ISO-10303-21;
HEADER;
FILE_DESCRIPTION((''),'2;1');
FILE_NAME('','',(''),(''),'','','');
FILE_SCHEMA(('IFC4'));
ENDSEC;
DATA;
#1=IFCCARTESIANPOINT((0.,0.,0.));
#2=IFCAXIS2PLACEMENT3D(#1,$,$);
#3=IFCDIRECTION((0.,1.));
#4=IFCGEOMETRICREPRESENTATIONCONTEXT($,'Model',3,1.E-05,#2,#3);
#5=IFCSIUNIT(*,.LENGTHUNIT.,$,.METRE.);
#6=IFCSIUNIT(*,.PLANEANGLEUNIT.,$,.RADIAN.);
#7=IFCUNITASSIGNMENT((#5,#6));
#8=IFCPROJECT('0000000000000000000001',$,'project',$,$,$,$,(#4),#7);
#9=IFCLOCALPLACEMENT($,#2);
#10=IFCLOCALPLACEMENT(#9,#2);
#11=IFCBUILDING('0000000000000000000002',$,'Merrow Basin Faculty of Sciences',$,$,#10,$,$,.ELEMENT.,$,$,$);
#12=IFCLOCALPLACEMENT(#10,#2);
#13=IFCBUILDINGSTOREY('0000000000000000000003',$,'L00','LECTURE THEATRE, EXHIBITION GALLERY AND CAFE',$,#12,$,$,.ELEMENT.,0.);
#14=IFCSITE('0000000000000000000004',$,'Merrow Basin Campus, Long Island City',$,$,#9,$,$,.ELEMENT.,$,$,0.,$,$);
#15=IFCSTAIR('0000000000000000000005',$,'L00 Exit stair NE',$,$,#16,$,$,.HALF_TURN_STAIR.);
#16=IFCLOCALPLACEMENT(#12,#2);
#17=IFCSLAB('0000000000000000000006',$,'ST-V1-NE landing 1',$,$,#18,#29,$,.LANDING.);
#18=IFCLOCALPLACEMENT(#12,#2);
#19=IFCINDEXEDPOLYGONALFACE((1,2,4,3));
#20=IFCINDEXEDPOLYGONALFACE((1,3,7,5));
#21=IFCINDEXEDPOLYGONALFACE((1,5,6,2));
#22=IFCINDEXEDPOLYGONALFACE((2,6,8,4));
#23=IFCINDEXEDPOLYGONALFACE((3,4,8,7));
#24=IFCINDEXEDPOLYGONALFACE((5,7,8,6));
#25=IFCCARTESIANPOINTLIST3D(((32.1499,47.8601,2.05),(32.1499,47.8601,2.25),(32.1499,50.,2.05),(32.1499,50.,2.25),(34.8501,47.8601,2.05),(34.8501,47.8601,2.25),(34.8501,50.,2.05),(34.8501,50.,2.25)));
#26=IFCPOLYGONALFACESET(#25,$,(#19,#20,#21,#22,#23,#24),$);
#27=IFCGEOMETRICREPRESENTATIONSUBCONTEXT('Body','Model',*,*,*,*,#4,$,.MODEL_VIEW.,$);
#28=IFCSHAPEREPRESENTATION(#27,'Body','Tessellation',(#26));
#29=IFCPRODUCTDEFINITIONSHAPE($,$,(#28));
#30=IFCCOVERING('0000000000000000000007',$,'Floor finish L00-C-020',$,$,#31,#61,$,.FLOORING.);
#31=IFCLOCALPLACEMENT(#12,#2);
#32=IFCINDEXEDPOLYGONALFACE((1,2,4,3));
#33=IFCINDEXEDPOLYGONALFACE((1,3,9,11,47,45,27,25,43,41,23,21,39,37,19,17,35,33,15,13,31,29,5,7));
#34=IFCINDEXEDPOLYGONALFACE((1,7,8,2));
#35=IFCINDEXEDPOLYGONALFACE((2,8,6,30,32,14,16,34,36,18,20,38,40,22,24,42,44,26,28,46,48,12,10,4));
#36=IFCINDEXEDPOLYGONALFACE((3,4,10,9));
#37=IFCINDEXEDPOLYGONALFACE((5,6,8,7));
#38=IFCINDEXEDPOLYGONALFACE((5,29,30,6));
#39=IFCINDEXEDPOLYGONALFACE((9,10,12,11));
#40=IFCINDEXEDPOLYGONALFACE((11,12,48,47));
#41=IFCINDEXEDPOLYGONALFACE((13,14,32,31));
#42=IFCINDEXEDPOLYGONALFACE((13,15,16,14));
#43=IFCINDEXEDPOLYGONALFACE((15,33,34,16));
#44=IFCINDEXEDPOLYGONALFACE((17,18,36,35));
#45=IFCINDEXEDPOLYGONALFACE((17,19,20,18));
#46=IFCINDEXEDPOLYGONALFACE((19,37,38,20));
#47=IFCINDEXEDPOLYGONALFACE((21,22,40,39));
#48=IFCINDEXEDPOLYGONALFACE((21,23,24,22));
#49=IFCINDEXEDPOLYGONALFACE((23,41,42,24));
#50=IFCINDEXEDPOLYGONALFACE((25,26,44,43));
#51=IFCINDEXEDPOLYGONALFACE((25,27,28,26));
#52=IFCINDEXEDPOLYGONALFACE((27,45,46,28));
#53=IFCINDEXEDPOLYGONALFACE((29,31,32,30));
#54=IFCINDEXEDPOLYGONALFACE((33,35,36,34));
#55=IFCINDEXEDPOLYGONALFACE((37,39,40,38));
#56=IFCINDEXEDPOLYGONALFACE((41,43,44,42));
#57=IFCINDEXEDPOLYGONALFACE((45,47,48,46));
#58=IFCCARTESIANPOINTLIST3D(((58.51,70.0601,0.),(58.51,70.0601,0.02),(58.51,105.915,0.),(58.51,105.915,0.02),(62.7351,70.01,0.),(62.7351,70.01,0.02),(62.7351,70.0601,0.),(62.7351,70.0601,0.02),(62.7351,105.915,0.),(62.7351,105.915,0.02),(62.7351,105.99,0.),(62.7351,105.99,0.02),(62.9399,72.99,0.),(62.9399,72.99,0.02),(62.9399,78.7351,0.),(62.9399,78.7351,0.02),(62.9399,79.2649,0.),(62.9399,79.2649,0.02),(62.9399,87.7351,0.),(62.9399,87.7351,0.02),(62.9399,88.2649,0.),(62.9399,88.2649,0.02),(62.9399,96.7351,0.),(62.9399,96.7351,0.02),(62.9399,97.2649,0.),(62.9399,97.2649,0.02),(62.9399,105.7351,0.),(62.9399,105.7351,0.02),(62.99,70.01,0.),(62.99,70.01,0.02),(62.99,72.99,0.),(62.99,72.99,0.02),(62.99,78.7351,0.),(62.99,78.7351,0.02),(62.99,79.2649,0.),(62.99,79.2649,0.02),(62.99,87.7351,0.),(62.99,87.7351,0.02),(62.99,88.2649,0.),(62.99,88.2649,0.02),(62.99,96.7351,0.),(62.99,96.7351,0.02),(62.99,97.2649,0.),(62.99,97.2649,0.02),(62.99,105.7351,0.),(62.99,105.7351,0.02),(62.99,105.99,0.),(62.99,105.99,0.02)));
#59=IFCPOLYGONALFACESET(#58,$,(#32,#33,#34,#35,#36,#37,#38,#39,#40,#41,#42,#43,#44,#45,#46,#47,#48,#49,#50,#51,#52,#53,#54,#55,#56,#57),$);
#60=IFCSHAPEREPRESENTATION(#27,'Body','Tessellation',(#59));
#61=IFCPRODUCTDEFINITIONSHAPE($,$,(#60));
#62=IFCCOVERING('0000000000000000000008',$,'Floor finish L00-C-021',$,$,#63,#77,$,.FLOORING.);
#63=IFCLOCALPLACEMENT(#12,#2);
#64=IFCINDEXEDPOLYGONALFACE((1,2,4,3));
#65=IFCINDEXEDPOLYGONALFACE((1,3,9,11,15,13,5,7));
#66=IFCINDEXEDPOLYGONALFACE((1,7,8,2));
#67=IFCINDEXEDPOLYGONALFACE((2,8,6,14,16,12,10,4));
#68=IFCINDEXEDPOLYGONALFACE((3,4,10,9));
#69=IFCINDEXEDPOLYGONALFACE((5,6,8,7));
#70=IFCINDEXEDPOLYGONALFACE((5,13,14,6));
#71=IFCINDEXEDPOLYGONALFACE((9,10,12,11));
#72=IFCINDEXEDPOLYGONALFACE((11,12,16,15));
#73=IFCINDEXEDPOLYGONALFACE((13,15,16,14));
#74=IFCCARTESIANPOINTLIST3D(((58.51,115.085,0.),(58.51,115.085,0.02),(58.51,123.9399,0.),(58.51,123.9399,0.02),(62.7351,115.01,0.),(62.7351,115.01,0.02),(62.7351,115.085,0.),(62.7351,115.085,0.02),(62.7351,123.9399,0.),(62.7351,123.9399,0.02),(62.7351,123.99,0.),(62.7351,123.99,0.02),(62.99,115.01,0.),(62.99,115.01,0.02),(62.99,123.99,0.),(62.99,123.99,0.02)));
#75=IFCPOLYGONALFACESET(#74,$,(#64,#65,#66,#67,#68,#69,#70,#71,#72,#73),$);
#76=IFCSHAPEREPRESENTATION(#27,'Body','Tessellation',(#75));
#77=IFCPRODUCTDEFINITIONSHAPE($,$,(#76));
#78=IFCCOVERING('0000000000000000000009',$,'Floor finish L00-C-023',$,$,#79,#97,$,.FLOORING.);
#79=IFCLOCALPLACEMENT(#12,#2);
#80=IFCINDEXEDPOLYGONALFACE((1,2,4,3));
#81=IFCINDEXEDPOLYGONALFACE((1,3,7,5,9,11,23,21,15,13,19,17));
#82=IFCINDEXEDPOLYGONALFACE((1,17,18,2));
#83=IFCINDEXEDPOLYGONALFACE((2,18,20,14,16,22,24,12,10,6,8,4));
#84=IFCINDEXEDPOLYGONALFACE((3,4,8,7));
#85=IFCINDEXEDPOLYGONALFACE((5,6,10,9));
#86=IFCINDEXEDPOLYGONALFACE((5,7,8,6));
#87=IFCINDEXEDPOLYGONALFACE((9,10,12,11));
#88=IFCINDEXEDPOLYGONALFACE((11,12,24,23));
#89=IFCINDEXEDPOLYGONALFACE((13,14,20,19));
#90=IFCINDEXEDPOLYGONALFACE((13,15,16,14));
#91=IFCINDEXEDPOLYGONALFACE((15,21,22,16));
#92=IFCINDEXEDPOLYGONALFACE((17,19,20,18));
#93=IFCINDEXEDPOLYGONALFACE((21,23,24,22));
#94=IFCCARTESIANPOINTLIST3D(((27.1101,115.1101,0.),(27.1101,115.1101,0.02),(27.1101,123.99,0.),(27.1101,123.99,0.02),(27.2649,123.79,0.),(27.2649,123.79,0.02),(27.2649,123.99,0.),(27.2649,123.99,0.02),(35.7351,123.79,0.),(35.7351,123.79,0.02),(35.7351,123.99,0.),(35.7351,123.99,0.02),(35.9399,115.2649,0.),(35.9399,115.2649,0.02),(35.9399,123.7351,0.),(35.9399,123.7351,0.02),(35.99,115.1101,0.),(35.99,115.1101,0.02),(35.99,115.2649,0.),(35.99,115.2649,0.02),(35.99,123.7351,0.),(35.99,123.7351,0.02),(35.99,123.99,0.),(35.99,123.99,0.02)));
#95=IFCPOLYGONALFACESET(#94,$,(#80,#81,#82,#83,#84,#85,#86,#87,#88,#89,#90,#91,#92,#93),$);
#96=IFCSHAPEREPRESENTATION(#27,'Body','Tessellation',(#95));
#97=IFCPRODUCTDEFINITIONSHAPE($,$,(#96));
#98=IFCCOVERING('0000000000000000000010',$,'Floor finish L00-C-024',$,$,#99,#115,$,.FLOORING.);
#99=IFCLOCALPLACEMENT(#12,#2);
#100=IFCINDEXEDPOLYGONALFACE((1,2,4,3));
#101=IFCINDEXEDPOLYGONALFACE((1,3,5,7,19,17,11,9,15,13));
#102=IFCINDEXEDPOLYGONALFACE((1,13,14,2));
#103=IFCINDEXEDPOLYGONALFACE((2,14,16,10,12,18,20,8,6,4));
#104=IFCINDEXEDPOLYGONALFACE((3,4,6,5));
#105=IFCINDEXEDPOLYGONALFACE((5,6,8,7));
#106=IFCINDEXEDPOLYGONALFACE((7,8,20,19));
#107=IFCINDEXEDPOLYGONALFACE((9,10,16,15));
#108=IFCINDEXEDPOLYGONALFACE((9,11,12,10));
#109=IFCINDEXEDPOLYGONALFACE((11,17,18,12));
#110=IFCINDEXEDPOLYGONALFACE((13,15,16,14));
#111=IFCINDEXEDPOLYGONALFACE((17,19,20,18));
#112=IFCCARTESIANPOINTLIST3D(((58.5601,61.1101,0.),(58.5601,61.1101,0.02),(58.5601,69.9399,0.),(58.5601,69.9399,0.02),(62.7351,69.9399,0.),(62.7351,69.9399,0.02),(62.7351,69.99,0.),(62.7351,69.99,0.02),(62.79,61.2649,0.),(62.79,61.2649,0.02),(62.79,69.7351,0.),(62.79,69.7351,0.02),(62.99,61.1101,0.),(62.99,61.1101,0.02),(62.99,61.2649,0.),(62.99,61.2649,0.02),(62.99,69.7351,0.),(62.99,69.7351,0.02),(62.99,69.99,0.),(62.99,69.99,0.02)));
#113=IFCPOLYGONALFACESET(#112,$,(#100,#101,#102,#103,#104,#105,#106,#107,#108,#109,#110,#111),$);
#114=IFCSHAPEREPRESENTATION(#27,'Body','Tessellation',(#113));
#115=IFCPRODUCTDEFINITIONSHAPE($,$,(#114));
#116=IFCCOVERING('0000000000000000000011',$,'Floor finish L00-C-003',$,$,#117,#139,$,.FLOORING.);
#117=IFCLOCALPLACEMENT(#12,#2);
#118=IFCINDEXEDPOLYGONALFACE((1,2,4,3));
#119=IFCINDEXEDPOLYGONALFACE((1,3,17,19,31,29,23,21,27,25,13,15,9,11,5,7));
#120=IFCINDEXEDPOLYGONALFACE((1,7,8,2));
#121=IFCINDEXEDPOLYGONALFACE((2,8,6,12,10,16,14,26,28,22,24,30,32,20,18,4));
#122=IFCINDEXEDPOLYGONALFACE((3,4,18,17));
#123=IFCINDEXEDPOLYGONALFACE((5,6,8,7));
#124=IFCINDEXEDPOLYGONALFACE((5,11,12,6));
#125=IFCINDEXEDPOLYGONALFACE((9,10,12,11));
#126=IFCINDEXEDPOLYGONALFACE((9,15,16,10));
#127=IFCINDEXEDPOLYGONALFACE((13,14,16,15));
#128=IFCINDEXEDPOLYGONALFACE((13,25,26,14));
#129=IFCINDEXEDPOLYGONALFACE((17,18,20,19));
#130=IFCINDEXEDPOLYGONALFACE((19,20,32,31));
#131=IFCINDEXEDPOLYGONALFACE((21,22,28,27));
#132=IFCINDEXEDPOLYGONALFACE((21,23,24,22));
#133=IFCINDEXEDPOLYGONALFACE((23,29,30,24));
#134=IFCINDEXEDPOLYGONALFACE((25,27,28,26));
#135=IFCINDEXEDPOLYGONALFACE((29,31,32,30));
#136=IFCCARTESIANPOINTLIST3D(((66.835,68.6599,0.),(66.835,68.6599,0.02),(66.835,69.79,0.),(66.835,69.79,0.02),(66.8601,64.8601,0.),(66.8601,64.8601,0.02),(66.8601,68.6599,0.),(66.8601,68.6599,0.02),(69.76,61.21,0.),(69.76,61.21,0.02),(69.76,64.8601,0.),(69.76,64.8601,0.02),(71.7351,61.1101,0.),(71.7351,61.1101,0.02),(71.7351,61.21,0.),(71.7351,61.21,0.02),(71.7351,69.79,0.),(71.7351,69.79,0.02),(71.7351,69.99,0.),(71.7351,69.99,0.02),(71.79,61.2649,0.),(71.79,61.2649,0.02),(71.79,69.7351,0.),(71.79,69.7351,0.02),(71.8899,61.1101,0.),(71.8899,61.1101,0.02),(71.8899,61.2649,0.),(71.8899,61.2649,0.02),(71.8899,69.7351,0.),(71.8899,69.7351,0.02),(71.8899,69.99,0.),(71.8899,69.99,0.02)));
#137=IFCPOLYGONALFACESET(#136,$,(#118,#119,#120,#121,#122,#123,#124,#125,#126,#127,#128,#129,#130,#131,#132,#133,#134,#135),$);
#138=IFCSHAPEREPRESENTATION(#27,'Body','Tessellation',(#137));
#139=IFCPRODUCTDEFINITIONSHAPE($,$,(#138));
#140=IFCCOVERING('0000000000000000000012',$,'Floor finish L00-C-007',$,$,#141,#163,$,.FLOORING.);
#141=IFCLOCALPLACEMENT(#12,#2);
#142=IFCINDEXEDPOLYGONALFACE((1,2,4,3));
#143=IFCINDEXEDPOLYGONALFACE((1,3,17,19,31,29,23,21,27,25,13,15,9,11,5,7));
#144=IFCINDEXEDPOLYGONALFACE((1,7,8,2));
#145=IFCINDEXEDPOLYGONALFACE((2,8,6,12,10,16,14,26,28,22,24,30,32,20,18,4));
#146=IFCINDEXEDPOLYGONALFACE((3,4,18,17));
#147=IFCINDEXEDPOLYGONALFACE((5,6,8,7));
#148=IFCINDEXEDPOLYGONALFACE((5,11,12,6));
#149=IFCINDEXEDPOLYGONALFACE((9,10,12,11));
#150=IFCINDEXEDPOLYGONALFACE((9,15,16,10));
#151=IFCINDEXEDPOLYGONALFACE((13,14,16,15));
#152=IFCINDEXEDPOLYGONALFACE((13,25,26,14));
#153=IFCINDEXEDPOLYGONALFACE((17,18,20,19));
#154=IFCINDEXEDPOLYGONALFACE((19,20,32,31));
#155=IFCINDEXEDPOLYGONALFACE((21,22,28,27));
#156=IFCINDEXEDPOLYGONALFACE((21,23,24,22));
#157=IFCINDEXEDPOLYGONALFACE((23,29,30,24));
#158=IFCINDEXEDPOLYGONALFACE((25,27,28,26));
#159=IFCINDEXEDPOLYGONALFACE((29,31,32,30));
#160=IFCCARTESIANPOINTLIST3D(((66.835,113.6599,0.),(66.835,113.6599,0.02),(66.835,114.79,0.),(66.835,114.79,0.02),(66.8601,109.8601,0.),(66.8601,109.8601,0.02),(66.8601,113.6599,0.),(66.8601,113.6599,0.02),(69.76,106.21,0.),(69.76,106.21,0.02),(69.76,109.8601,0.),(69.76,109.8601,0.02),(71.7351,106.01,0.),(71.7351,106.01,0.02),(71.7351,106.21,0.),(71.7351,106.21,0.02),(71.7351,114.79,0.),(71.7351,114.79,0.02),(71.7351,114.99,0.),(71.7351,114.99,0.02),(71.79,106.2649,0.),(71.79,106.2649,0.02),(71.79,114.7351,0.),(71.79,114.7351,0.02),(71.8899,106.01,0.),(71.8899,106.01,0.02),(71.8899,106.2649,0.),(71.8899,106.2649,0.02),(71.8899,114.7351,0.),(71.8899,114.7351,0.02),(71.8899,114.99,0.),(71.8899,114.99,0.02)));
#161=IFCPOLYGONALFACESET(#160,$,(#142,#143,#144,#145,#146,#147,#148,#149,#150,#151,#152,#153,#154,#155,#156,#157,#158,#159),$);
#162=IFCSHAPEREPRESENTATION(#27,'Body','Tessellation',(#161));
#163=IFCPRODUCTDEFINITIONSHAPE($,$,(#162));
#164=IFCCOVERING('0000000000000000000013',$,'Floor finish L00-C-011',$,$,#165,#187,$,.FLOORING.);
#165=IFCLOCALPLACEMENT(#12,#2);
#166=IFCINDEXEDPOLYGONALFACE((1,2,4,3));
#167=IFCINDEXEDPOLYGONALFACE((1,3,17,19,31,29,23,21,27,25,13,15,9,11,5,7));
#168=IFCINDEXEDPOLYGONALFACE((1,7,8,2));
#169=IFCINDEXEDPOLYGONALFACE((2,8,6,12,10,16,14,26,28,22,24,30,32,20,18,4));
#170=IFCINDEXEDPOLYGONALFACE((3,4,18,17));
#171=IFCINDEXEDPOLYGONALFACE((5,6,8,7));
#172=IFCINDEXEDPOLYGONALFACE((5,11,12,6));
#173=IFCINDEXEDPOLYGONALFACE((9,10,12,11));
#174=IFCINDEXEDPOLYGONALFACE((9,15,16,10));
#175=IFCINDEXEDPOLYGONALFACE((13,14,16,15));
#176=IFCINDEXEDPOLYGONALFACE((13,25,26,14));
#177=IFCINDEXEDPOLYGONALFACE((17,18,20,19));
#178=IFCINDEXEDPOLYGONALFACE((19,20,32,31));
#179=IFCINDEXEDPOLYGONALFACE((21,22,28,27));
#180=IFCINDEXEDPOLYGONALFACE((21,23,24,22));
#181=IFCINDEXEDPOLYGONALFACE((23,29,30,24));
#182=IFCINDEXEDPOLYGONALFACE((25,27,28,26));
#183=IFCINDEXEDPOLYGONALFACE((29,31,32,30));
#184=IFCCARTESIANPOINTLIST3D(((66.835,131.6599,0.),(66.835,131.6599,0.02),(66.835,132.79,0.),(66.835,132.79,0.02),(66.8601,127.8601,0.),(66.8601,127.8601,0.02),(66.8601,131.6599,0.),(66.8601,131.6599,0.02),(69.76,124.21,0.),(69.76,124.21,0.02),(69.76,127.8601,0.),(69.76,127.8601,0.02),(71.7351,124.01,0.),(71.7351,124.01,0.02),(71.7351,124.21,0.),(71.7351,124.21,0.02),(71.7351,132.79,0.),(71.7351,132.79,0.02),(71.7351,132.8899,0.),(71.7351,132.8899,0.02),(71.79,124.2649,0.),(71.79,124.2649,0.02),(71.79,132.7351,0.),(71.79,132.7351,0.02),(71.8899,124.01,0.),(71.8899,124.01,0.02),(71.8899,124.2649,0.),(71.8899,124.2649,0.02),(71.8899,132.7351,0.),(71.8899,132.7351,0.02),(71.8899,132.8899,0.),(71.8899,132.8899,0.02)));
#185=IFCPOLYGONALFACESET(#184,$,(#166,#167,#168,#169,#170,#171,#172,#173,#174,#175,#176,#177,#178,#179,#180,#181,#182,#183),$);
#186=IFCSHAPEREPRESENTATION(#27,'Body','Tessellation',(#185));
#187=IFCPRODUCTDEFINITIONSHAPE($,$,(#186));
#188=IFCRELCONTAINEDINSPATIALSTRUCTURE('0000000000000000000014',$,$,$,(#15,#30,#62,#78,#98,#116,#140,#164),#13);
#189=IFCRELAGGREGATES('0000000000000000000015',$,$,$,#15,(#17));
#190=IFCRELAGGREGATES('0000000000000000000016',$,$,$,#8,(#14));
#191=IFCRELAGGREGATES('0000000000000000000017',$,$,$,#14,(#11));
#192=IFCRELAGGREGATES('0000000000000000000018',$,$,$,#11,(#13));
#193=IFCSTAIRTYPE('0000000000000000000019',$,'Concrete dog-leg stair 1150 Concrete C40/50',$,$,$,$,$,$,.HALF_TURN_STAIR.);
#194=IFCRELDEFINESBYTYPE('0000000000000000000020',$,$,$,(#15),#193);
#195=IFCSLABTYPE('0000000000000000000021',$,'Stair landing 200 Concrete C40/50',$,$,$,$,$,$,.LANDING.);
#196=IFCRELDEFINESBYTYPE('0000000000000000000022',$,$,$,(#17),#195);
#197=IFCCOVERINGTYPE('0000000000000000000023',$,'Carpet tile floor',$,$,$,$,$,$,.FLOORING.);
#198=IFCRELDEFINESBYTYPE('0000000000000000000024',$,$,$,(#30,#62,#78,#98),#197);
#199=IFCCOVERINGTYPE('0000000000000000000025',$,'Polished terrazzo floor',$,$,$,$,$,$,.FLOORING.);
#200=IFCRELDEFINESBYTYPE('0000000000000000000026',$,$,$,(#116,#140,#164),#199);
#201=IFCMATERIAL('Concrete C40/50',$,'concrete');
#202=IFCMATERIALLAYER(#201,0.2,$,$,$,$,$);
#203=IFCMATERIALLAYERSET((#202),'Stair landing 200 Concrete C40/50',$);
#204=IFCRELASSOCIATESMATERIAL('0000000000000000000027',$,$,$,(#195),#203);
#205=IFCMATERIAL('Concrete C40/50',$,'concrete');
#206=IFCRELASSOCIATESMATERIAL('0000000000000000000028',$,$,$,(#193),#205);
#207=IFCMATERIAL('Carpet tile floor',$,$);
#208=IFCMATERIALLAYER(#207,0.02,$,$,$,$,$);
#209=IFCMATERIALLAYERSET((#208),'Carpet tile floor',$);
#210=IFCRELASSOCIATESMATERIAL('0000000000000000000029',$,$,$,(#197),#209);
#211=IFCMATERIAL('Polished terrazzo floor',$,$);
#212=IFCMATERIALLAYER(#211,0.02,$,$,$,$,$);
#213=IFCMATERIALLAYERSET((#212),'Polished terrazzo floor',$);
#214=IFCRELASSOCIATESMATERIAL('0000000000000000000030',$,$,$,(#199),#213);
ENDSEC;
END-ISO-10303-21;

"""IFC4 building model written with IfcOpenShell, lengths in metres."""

from ifc_helpers import new_model, si_unit, direction, frame, origin, place, context, subcontext, project, spatial, polyline, outline, extrude, material, layer, layer_set, type_object, element, aggregate, save


model = new_model("IFC4")

# Units and contexts
model_context = context("Model", 3, precision=1e-05, world=origin(), true_north=direction((0.0, 1.0)))
body_context = subcontext(model_context, "Body", "Model", "MODEL_VIEW")
ifc_project = project(units=[si_unit("LENGTHUNIT", "METRE"), si_unit("PLANEANGLEUNIT", "RADIAN")], contexts=[model_context])

# Site, building, storey
site_placement = place(None, origin())
site = spatial("IfcSite", under=ifc_project, at=site_placement, Name="Merrow Basin Campus, Long Island City", CompositionType="ELEMENT", RefElevation=0.0)
building_placement = place(site_placement, origin())
building = spatial("IfcBuilding", under=site, at=building_placement, Name="Merrow Basin Faculty of Sciences", CompositionType="ELEMENT")
storey_placement = place(building_placement, origin())
storey = spatial("IfcBuildingStorey", under=building, at=storey_placement, Name="L00", Description="LECTURE THEATRE, EXHIBITION GALLERY AND CAFE", CompositionType="ELEMENT", Elevation=0.0)

# Stair, slab
ifc_material_1 = material(Name="Concrete C40/50", Category="concrete")
ifc_layer_1 = layer(ifc_material_1, 0.2)
ifc_layer_set_1 = layer_set([ifc_layer_1], Name="Stair landing 200 Concrete C40/50")
slab_type = type_object("IfcSlabType", Name="Stair landing 200 Concrete C40/50", PredefinedType="LANDING", material=ifc_layer_set_1)
ifc_material_2 = material(Name="Concrete C40/50", Category="concrete")
stair_type_1 = type_object("IfcStairType", Name="Concrete dog-leg stair 1150 Concrete C40/50", PredefinedType="HALF_TURN_STAIR", material=ifc_material_2)
stair_1_placement = place(storey_placement, origin())
stair_1 = element("IfcStair", 1, at=stair_1_placement, inside=storey, type_object=stair_type_1, Name="L00 Exit stair NE", PredefinedType="HALF_TURN_STAIR")
slab_1_placement = place(storey_placement, frame((0.0, 0.0, 2.05)))
slab_1 = element("IfcSlab", 2, at=slab_1_placement, type_object=slab_type, Name="ST-V1-NE landing 1", PredefinedType="LANDING", context=body_context, shape_type="SweptSolid", body=[
    extrude(outline(polyline([(32.1499, 47.8601), (34.8501, 47.8601), (34.8501, 50.0), (32.1499, 50.0), (32.1499, 47.8601)])), origin(), (0.0, 0.0, 1.0), 0.2),
])
aggregate(stair_1, [slab_1])

# Coverings
ifc_material_3 = material(Name="Carpet tile floor")
ifc_layer_2 = layer(ifc_material_3, 0.02)
ifc_layer_set_2 = layer_set([ifc_layer_2], Name="Carpet tile floor")
covering_type_1 = type_object("IfcCoveringType", Name="Carpet tile floor", PredefinedType="FLOORING", material=ifc_layer_set_2)
covering_1_placement = place(storey_placement, origin())
element("IfcCovering", 3, at=covering_1_placement, inside=storey, type_object=covering_type_1, Name="Floor finish L00-C-020", PredefinedType="FLOORING", context=body_context, shape_type="SweptSolid", body=[
    extrude(outline(polyline([(62.99, 105.99), (62.99, 105.7351), (62.9399, 105.7351), (62.9399, 97.2649), (62.99, 97.2649), (62.99, 96.7351), (62.9399, 96.7351), (62.9399, 88.2649), (62.99, 88.2649), (62.99, 87.7351), (62.9399, 87.7351), (62.9399, 79.2649), (62.99, 79.2649), (62.99, 78.7351), (62.9399, 78.7351), (62.9399, 72.99), (62.99, 72.99), (62.99, 70.01), (62.7351, 70.01), (62.7351, 70.0601), (58.51, 70.0601), (58.51, 105.915), (62.7351, 105.915), (62.7351, 105.99), (62.99, 105.99)])), origin(), (0.0, 0.0, 1.0), 0.02),
])
covering_2_placement = place(storey_placement, origin())
element("IfcCovering", 4, at=covering_2_placement, inside=storey, type_object=covering_type_1, Name="Floor finish L00-C-021", PredefinedType="FLOORING", context=body_context, shape_type="SweptSolid", body=[
    extrude(outline(polyline([(62.99, 123.99), (62.99, 115.01), (62.7351, 115.01), (62.7351, 115.085), (58.51, 115.085), (58.51, 123.9399), (62.7351, 123.9399), (62.7351, 123.99), (62.99, 123.99)])), origin(), (0.0, 0.0, 1.0), 0.02),
])
covering_3_placement = place(storey_placement, origin())
element("IfcCovering", 5, at=covering_3_placement, inside=storey, type_object=covering_type_1, Name="Floor finish L00-C-023", PredefinedType="FLOORING", context=body_context, shape_type="SweptSolid", body=[
    extrude(outline(polyline([(35.99, 123.7351), (35.9399, 123.7351), (35.9399, 115.2649), (35.99, 115.2649), (35.99, 115.1101), (27.1101, 115.1101), (27.1101, 123.99), (27.2649, 123.99), (27.2649, 123.79), (35.7351, 123.79), (35.7351, 123.99), (35.99, 123.99), (35.99, 123.7351)])), origin(), (0.0, 0.0, 1.0), 0.02),
])
covering_4_placement = place(storey_placement, origin())
element("IfcCovering", 6, at=covering_4_placement, inside=storey, type_object=covering_type_1, Name="Floor finish L00-C-024", PredefinedType="FLOORING", context=body_context, shape_type="SweptSolid", body=[
    extrude(outline(polyline([(62.99, 69.99), (62.99, 69.7351), (62.79, 69.7351), (62.79, 61.2649), (62.99, 61.2649), (62.99, 61.1101), (58.5601, 61.1101), (58.5601, 69.9399), (62.7351, 69.9399), (62.7351, 69.99), (62.99, 69.99)])), origin(), (0.0, 0.0, 1.0), 0.02),
])
ifc_material_4 = material(Name="Polished terrazzo floor")
ifc_layer_3 = layer(ifc_material_4, 0.02)
ifc_layer_set_3 = layer_set([ifc_layer_3], Name="Polished terrazzo floor")
covering_type_2 = type_object("IfcCoveringType", Name="Polished terrazzo floor", PredefinedType="FLOORING", material=ifc_layer_set_3)
covering_5_placement = place(storey_placement, origin())
element("IfcCovering", 7, at=covering_5_placement, inside=storey, type_object=covering_type_2, Name="Floor finish L00-C-003", PredefinedType="FLOORING", context=body_context, shape_type="SweptSolid", body=[
    extrude(outline(polyline([(71.8899, 69.99), (71.8899, 69.7351), (71.79, 69.7351), (71.79, 61.2649), (71.8899, 61.2649), (71.8899, 61.1101), (71.7351, 61.1101), (71.7351, 61.21), (69.76, 61.21), (69.76, 64.8601), (66.8601, 64.8601), (66.8601, 68.6599), (66.835, 68.6599), (66.835, 69.79), (71.7351, 69.79), (71.7351, 69.99), (71.8899, 69.99)])), origin(), (0.0, 0.0, 1.0), 0.02),
])
covering_6_placement = place(storey_placement, origin())
element("IfcCovering", 8, at=covering_6_placement, inside=storey, type_object=covering_type_2, Name="Floor finish L00-C-007", PredefinedType="FLOORING", context=body_context, shape_type="SweptSolid", body=[
    extrude(outline(polyline([(71.8899, 114.99), (71.8899, 114.7351), (71.79, 114.7351), (71.79, 106.2649), (71.8899, 106.2649), (71.8899, 106.01), (71.7351, 106.01), (71.7351, 106.21), (69.76, 106.21), (69.76, 109.8601), (66.8601, 109.8601), (66.8601, 113.6599), (66.835, 113.6599), (66.835, 114.79), (71.7351, 114.79), (71.7351, 114.99), (71.8899, 114.99)])), origin(), (0.0, 0.0, 1.0), 0.02),
])
covering_7_placement = place(storey_placement, origin())
element("IfcCovering", 9, at=covering_7_placement, inside=storey, type_object=covering_type_2, Name="Floor finish L00-C-011", PredefinedType="FLOORING", context=body_context, shape_type="SweptSolid", body=[
    extrude(outline(polyline([(71.8899, 132.8899), (71.8899, 132.7351), (71.79, 132.7351), (71.79, 124.2649), (71.8899, 124.2649), (71.8899, 124.01), (71.7351, 124.01), (71.7351, 124.21), (69.76, 124.21), (69.76, 127.8601), (66.8601, 127.8601), (66.8601, 131.6599), (66.835, 131.6599), (66.835, 132.79), (71.7351, 132.79), (71.7351, 132.8899), (71.8899, 132.8899)])), origin(), (0.0, 0.0, 1.0), 0.02),
])

save(model, "model.ifc")
